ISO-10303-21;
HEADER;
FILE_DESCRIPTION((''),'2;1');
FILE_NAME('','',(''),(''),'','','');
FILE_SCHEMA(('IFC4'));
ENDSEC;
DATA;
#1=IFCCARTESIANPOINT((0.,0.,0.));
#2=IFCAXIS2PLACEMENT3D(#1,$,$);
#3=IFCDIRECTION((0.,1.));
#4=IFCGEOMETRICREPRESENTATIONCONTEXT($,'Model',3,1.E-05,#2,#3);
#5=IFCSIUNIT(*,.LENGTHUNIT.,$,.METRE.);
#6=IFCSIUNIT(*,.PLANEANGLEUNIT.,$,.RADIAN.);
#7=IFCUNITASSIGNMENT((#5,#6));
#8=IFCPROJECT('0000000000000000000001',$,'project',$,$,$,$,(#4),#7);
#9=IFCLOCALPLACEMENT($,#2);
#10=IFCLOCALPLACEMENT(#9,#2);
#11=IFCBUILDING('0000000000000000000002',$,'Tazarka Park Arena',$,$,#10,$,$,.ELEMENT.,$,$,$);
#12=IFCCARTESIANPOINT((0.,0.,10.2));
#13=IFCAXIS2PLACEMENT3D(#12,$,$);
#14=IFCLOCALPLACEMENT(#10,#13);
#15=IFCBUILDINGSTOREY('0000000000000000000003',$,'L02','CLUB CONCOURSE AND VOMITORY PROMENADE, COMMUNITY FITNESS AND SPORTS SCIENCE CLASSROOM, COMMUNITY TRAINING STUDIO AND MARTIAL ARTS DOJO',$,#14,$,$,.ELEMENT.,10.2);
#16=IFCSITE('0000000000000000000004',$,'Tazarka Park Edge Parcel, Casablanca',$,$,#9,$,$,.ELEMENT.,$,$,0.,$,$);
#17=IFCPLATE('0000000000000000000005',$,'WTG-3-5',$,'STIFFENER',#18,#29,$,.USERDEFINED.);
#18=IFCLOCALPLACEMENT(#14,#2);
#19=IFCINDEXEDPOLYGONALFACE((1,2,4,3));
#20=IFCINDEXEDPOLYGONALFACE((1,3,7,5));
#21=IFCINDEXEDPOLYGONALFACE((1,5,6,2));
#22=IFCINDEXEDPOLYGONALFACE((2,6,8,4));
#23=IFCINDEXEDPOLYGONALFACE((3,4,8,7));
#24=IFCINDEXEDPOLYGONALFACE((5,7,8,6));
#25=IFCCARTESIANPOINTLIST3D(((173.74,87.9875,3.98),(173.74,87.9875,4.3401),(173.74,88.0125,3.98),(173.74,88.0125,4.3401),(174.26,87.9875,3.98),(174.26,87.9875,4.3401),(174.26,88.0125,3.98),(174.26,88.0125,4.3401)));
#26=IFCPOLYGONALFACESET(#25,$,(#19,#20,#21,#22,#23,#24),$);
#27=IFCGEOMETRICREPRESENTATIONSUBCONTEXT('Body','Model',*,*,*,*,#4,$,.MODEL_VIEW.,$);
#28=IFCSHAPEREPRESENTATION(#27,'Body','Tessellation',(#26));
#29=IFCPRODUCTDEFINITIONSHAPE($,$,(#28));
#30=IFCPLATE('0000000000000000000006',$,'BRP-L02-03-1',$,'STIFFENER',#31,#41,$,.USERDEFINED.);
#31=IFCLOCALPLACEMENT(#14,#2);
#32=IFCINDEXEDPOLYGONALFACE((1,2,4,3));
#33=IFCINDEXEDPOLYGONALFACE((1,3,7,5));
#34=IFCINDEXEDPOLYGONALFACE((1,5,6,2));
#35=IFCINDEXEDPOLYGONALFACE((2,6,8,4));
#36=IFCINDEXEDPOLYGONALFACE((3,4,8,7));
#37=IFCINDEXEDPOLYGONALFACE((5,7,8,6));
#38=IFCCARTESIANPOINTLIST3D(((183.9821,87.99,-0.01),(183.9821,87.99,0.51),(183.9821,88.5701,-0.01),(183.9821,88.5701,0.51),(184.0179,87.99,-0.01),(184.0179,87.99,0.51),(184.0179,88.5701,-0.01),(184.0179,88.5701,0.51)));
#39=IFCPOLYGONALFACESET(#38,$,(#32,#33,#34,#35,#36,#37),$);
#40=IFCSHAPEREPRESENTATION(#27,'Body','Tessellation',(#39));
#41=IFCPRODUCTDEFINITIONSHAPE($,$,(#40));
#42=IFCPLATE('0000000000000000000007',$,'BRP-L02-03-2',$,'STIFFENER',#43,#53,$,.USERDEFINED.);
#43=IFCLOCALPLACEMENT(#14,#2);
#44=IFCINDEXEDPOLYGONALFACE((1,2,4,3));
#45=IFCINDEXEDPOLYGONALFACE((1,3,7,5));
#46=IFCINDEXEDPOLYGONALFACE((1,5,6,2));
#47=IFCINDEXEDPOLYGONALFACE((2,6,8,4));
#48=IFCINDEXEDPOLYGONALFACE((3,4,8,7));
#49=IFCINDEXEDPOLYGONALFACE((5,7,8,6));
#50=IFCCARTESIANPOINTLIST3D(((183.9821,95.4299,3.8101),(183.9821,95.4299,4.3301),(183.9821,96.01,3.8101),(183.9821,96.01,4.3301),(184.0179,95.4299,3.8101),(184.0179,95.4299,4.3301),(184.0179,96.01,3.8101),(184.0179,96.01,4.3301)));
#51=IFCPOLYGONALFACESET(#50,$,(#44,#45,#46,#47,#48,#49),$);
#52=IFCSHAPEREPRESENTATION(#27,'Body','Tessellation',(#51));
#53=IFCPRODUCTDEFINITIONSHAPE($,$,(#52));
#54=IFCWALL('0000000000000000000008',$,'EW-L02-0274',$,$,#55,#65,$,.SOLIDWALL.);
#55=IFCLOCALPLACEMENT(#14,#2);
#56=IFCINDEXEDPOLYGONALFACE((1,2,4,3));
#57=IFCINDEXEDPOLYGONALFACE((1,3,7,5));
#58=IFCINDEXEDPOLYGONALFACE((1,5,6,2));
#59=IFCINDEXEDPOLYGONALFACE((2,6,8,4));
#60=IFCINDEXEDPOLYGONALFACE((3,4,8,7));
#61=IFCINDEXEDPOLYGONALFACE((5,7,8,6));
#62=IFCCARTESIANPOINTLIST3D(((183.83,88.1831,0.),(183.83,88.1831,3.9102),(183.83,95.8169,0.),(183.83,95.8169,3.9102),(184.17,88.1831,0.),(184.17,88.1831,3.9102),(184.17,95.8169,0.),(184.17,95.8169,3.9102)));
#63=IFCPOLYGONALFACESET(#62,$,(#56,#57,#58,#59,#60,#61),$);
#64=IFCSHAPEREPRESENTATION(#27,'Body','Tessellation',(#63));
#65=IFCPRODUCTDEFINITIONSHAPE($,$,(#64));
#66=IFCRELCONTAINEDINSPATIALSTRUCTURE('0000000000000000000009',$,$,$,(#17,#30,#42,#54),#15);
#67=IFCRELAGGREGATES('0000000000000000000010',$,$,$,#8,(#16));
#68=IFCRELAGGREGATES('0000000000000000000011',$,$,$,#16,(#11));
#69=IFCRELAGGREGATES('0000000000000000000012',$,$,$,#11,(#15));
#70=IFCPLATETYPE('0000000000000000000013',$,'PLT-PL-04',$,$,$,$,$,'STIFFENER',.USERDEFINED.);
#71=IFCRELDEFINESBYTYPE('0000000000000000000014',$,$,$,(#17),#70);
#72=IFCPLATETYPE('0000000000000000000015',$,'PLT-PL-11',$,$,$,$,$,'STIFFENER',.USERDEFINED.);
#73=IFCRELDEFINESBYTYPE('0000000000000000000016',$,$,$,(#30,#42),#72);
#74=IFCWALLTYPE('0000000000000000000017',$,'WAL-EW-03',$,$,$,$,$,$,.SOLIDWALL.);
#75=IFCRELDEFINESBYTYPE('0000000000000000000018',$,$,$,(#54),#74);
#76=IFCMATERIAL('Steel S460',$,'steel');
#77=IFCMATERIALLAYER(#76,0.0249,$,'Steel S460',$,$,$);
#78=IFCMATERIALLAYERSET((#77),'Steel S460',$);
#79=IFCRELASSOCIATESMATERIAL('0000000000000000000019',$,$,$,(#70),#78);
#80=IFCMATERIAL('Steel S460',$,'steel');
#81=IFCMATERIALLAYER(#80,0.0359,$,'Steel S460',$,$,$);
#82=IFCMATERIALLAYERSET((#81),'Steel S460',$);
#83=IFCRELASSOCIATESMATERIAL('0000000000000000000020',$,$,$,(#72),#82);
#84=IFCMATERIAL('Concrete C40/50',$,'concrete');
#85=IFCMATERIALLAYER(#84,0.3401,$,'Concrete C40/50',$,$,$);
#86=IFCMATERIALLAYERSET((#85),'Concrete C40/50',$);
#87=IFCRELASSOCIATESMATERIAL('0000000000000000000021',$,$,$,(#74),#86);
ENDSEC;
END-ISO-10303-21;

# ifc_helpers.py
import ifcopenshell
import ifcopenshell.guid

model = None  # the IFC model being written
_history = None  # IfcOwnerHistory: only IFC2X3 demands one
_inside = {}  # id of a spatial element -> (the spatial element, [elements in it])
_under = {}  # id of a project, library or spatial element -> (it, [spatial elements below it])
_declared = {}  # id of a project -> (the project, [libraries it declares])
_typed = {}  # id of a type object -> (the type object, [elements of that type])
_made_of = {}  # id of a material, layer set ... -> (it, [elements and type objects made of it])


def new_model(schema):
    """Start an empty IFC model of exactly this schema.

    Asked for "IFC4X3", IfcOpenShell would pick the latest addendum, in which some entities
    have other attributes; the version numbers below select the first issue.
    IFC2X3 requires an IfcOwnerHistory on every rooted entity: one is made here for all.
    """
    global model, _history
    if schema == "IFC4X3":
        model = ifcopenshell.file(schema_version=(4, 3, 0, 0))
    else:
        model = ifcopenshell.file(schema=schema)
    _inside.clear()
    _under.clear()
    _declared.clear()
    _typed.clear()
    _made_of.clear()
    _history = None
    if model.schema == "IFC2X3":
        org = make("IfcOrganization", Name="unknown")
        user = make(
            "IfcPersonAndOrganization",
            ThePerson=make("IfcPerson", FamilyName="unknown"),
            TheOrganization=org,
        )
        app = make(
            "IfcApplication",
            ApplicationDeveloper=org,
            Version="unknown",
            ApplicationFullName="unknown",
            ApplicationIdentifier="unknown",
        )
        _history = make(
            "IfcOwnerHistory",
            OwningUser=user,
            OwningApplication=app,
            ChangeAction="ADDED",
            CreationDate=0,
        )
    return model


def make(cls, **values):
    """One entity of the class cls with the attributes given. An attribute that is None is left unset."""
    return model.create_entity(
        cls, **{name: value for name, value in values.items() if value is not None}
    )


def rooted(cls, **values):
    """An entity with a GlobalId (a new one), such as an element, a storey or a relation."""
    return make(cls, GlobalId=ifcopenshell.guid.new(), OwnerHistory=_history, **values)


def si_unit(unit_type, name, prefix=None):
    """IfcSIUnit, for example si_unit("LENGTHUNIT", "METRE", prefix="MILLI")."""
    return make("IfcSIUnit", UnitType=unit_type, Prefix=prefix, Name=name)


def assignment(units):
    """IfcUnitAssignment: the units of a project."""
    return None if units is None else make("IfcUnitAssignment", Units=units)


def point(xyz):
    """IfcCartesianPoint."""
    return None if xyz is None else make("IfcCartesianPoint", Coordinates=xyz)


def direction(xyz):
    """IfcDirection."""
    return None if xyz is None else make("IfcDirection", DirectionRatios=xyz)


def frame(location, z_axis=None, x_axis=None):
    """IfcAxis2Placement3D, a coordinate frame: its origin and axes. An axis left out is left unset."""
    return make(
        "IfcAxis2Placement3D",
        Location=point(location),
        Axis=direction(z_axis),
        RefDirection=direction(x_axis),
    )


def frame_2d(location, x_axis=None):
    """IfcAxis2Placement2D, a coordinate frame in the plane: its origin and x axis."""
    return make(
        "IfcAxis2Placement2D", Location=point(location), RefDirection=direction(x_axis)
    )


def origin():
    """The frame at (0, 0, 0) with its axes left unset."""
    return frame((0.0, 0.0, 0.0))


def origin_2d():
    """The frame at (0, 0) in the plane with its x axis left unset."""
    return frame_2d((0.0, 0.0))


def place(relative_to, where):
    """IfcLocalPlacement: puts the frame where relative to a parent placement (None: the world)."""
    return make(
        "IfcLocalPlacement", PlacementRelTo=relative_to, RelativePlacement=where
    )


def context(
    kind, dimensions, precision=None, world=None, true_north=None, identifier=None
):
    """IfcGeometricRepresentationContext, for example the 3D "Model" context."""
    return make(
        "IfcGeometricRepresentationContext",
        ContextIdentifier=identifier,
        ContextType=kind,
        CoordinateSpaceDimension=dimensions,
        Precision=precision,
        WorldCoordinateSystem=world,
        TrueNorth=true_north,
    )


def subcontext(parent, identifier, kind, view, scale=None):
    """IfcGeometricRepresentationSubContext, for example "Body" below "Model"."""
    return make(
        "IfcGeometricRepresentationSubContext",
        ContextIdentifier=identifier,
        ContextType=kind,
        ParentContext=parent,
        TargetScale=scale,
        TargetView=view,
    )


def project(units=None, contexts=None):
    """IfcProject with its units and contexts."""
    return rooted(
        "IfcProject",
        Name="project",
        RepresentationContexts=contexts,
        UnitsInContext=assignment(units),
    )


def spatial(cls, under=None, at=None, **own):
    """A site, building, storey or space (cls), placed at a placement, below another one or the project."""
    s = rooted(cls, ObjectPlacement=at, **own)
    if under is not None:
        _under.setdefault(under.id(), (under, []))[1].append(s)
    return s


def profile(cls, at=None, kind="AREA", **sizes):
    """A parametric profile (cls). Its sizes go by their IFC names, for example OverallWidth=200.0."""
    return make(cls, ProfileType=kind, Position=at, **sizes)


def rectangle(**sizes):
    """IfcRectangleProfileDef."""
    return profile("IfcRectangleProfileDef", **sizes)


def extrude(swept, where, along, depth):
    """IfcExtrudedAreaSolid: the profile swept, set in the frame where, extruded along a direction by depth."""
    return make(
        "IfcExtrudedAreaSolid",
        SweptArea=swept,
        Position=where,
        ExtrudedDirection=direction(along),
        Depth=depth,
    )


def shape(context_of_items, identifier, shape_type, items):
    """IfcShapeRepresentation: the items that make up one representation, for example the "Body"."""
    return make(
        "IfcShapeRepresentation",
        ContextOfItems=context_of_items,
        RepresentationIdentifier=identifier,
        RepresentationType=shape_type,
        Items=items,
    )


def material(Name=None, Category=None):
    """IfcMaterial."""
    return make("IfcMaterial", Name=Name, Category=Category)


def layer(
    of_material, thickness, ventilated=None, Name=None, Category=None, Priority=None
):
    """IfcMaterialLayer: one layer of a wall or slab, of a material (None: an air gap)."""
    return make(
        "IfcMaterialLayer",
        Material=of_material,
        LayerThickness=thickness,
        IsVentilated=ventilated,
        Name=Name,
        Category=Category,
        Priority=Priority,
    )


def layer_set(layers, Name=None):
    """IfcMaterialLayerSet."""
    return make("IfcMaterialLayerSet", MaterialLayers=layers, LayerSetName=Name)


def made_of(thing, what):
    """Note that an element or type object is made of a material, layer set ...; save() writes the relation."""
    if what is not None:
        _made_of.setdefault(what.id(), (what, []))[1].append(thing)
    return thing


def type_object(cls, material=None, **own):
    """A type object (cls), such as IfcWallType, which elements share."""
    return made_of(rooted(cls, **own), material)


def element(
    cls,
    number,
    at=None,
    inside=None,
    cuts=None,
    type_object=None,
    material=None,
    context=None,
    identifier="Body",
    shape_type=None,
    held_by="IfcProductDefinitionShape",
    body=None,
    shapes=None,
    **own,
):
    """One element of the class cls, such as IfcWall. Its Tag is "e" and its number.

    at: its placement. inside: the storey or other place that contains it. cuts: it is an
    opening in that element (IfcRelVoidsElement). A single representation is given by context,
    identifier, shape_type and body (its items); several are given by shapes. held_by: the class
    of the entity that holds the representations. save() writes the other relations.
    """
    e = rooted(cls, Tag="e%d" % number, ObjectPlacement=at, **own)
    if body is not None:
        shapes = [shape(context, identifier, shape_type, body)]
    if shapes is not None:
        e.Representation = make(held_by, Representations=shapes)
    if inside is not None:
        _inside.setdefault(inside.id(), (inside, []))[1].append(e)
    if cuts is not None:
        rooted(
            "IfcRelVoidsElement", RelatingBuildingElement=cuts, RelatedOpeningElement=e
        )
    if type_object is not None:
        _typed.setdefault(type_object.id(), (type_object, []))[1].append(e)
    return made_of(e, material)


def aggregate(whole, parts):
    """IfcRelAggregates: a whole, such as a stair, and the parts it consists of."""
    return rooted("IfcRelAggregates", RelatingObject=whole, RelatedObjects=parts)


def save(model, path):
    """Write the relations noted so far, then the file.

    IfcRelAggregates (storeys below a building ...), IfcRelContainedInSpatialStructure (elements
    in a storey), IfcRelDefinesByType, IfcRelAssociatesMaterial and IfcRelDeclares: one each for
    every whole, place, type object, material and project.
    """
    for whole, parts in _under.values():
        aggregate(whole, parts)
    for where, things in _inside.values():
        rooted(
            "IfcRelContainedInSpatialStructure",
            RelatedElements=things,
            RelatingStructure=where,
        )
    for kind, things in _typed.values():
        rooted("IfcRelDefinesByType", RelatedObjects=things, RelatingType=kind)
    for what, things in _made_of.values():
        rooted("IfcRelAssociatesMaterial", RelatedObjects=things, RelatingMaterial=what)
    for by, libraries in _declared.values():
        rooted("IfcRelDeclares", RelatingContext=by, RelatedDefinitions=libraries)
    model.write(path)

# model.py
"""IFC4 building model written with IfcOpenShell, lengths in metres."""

from ifc_helpers import new_model, si_unit, direction, frame, frame_2d, origin, origin_2d, place, context, subcontext, project, spatial, rectangle, extrude, material, layer, layer_set, type_object, element, save


model = new_model("IFC4")

# Units and contexts
model_context = context("Model", 3, precision=1e-05, world=origin(), true_north=direction((0.0, 1.0)))
body_context = subcontext(model_context, "Body", "Model", "MODEL_VIEW")
ifc_project = project(units=[si_unit("LENGTHUNIT", "METRE"), si_unit("PLANEANGLEUNIT", "RADIAN")], contexts=[model_context])

# Site, building, storey
site_placement = place(None, origin())
site = spatial("IfcSite", under=ifc_project, at=site_placement, Name="Tazarka Park Edge Parcel, Casablanca", CompositionType="ELEMENT", RefElevation=0.0)
building_placement = place(site_placement, origin())
building = spatial("IfcBuilding", under=site, at=building_placement, Name="Tazarka Park Arena", CompositionType="ELEMENT")
storey_placement = place(building_placement, frame((0.0, 0.0, 10.2)))
storey = spatial("IfcBuildingStorey", under=building, at=storey_placement, Name="L02", Description="CLUB CONCOURSE AND VOMITORY PROMENADE, COMMUNITY FITNESS AND SPORTS SCIENCE CLASSROOM, COMMUNITY TRAINING STUDIO AND MARTIAL ARTS DOJO", CompositionType="ELEMENT", Elevation=10.2)

# Plates
ifc_material_1 = material(Name="Steel S460", Category="steel")
ifc_layer_1 = layer(ifc_material_1, 0.0249, Name="Steel S460")
ifc_layer_set_1 = layer_set([ifc_layer_1], Name="Steel S460")
plate_type_1 = type_object("IfcPlateType", Name="PLT-PL-04", ElementType="STIFFENER", PredefinedType="USERDEFINED", material=ifc_layer_set_1)
plate_placement = place(storey_placement, frame((174.0, 88.0, 3.98), z_axis=(0.0, 0.0, 1.0), x_axis=(1.0, 0.0, 0.0)))
element("IfcPlate", 1, at=plate_placement, inside=storey, type_object=plate_type_1, Name="WTG-3-5", ObjectType="STIFFENER", PredefinedType="USERDEFINED", context=body_context, shape_type="SweptSolid", body=[
    extrude(rectangle(XDim=0.52, YDim=0.0249, at=origin_2d()), origin(), (0.0, 0.0, 1.0), 0.3601),
])
ifc_material_2 = material(Name="Steel S460", Category="steel")
ifc_layer_2 = layer(ifc_material_2, 0.0359, Name="Steel S460")
ifc_layer_set_2 = layer_set([ifc_layer_2], Name="Steel S460")
plate_type_2 = type_object("IfcPlateType", Name="PLT-PL-11", ElementType="STIFFENER", PredefinedType="USERDEFINED", material=ifc_layer_set_2)
for number, where, z_axis, x_axis, name in (
    (2, (184.0, 88.28, -0.01), (0.0, 0.0, 1.0), (1.0, 0.0, 0.0), "BRP-L02-03-1"),
    (3, (184.0, 95.72, 3.8101), (0.0, 0.0, 1.0), (1.0, 0.0, 0.0), "BRP-L02-03-2"),
):
    element("IfcPlate", number, at=place(storey_placement, frame(where, z_axis=z_axis, x_axis=x_axis)), inside=storey, type_object=plate_type_2, Name=name, ObjectType="STIFFENER", PredefinedType="USERDEFINED", context=body_context, shape_type="SweptSolid", body=[
        extrude(rectangle(XDim=0.0359, YDim=0.5801, at=origin_2d()), origin(), (0.0, 0.0, 1.0), 0.52),
    ])

# Wall
ifc_material_3 = material(Name="Concrete C40/50", Category="concrete")
ifc_layer_3 = layer(ifc_material_3, 0.3401, Name="Concrete C40/50")
ifc_layer_set_3 = layer_set([ifc_layer_3], Name="Concrete C40/50")
wall_type = type_object("IfcWallType", Name="WAL-EW-03", PredefinedType="SOLIDWALL", material=ifc_layer_set_3)
wall_placement = place(storey_placement, frame((184.0, 95.8169, 0.0), z_axis=(0.0, 0.0, 1.0), x_axis=(0.0, -1.0, 0.0)))
element("IfcWall", 4, at=wall_placement, inside=storey, type_object=wall_type, Name="EW-L02-0274", PredefinedType="SOLIDWALL", context=body_context, shape_type="SweptSolid", body=[
    extrude(rectangle(XDim=7.6338, YDim=0.3401, at=frame_2d((3.8169, 0.0))), origin(), (0.0, 0.0, 1.0), 3.9102),
])

save(model, "model.ifc")
